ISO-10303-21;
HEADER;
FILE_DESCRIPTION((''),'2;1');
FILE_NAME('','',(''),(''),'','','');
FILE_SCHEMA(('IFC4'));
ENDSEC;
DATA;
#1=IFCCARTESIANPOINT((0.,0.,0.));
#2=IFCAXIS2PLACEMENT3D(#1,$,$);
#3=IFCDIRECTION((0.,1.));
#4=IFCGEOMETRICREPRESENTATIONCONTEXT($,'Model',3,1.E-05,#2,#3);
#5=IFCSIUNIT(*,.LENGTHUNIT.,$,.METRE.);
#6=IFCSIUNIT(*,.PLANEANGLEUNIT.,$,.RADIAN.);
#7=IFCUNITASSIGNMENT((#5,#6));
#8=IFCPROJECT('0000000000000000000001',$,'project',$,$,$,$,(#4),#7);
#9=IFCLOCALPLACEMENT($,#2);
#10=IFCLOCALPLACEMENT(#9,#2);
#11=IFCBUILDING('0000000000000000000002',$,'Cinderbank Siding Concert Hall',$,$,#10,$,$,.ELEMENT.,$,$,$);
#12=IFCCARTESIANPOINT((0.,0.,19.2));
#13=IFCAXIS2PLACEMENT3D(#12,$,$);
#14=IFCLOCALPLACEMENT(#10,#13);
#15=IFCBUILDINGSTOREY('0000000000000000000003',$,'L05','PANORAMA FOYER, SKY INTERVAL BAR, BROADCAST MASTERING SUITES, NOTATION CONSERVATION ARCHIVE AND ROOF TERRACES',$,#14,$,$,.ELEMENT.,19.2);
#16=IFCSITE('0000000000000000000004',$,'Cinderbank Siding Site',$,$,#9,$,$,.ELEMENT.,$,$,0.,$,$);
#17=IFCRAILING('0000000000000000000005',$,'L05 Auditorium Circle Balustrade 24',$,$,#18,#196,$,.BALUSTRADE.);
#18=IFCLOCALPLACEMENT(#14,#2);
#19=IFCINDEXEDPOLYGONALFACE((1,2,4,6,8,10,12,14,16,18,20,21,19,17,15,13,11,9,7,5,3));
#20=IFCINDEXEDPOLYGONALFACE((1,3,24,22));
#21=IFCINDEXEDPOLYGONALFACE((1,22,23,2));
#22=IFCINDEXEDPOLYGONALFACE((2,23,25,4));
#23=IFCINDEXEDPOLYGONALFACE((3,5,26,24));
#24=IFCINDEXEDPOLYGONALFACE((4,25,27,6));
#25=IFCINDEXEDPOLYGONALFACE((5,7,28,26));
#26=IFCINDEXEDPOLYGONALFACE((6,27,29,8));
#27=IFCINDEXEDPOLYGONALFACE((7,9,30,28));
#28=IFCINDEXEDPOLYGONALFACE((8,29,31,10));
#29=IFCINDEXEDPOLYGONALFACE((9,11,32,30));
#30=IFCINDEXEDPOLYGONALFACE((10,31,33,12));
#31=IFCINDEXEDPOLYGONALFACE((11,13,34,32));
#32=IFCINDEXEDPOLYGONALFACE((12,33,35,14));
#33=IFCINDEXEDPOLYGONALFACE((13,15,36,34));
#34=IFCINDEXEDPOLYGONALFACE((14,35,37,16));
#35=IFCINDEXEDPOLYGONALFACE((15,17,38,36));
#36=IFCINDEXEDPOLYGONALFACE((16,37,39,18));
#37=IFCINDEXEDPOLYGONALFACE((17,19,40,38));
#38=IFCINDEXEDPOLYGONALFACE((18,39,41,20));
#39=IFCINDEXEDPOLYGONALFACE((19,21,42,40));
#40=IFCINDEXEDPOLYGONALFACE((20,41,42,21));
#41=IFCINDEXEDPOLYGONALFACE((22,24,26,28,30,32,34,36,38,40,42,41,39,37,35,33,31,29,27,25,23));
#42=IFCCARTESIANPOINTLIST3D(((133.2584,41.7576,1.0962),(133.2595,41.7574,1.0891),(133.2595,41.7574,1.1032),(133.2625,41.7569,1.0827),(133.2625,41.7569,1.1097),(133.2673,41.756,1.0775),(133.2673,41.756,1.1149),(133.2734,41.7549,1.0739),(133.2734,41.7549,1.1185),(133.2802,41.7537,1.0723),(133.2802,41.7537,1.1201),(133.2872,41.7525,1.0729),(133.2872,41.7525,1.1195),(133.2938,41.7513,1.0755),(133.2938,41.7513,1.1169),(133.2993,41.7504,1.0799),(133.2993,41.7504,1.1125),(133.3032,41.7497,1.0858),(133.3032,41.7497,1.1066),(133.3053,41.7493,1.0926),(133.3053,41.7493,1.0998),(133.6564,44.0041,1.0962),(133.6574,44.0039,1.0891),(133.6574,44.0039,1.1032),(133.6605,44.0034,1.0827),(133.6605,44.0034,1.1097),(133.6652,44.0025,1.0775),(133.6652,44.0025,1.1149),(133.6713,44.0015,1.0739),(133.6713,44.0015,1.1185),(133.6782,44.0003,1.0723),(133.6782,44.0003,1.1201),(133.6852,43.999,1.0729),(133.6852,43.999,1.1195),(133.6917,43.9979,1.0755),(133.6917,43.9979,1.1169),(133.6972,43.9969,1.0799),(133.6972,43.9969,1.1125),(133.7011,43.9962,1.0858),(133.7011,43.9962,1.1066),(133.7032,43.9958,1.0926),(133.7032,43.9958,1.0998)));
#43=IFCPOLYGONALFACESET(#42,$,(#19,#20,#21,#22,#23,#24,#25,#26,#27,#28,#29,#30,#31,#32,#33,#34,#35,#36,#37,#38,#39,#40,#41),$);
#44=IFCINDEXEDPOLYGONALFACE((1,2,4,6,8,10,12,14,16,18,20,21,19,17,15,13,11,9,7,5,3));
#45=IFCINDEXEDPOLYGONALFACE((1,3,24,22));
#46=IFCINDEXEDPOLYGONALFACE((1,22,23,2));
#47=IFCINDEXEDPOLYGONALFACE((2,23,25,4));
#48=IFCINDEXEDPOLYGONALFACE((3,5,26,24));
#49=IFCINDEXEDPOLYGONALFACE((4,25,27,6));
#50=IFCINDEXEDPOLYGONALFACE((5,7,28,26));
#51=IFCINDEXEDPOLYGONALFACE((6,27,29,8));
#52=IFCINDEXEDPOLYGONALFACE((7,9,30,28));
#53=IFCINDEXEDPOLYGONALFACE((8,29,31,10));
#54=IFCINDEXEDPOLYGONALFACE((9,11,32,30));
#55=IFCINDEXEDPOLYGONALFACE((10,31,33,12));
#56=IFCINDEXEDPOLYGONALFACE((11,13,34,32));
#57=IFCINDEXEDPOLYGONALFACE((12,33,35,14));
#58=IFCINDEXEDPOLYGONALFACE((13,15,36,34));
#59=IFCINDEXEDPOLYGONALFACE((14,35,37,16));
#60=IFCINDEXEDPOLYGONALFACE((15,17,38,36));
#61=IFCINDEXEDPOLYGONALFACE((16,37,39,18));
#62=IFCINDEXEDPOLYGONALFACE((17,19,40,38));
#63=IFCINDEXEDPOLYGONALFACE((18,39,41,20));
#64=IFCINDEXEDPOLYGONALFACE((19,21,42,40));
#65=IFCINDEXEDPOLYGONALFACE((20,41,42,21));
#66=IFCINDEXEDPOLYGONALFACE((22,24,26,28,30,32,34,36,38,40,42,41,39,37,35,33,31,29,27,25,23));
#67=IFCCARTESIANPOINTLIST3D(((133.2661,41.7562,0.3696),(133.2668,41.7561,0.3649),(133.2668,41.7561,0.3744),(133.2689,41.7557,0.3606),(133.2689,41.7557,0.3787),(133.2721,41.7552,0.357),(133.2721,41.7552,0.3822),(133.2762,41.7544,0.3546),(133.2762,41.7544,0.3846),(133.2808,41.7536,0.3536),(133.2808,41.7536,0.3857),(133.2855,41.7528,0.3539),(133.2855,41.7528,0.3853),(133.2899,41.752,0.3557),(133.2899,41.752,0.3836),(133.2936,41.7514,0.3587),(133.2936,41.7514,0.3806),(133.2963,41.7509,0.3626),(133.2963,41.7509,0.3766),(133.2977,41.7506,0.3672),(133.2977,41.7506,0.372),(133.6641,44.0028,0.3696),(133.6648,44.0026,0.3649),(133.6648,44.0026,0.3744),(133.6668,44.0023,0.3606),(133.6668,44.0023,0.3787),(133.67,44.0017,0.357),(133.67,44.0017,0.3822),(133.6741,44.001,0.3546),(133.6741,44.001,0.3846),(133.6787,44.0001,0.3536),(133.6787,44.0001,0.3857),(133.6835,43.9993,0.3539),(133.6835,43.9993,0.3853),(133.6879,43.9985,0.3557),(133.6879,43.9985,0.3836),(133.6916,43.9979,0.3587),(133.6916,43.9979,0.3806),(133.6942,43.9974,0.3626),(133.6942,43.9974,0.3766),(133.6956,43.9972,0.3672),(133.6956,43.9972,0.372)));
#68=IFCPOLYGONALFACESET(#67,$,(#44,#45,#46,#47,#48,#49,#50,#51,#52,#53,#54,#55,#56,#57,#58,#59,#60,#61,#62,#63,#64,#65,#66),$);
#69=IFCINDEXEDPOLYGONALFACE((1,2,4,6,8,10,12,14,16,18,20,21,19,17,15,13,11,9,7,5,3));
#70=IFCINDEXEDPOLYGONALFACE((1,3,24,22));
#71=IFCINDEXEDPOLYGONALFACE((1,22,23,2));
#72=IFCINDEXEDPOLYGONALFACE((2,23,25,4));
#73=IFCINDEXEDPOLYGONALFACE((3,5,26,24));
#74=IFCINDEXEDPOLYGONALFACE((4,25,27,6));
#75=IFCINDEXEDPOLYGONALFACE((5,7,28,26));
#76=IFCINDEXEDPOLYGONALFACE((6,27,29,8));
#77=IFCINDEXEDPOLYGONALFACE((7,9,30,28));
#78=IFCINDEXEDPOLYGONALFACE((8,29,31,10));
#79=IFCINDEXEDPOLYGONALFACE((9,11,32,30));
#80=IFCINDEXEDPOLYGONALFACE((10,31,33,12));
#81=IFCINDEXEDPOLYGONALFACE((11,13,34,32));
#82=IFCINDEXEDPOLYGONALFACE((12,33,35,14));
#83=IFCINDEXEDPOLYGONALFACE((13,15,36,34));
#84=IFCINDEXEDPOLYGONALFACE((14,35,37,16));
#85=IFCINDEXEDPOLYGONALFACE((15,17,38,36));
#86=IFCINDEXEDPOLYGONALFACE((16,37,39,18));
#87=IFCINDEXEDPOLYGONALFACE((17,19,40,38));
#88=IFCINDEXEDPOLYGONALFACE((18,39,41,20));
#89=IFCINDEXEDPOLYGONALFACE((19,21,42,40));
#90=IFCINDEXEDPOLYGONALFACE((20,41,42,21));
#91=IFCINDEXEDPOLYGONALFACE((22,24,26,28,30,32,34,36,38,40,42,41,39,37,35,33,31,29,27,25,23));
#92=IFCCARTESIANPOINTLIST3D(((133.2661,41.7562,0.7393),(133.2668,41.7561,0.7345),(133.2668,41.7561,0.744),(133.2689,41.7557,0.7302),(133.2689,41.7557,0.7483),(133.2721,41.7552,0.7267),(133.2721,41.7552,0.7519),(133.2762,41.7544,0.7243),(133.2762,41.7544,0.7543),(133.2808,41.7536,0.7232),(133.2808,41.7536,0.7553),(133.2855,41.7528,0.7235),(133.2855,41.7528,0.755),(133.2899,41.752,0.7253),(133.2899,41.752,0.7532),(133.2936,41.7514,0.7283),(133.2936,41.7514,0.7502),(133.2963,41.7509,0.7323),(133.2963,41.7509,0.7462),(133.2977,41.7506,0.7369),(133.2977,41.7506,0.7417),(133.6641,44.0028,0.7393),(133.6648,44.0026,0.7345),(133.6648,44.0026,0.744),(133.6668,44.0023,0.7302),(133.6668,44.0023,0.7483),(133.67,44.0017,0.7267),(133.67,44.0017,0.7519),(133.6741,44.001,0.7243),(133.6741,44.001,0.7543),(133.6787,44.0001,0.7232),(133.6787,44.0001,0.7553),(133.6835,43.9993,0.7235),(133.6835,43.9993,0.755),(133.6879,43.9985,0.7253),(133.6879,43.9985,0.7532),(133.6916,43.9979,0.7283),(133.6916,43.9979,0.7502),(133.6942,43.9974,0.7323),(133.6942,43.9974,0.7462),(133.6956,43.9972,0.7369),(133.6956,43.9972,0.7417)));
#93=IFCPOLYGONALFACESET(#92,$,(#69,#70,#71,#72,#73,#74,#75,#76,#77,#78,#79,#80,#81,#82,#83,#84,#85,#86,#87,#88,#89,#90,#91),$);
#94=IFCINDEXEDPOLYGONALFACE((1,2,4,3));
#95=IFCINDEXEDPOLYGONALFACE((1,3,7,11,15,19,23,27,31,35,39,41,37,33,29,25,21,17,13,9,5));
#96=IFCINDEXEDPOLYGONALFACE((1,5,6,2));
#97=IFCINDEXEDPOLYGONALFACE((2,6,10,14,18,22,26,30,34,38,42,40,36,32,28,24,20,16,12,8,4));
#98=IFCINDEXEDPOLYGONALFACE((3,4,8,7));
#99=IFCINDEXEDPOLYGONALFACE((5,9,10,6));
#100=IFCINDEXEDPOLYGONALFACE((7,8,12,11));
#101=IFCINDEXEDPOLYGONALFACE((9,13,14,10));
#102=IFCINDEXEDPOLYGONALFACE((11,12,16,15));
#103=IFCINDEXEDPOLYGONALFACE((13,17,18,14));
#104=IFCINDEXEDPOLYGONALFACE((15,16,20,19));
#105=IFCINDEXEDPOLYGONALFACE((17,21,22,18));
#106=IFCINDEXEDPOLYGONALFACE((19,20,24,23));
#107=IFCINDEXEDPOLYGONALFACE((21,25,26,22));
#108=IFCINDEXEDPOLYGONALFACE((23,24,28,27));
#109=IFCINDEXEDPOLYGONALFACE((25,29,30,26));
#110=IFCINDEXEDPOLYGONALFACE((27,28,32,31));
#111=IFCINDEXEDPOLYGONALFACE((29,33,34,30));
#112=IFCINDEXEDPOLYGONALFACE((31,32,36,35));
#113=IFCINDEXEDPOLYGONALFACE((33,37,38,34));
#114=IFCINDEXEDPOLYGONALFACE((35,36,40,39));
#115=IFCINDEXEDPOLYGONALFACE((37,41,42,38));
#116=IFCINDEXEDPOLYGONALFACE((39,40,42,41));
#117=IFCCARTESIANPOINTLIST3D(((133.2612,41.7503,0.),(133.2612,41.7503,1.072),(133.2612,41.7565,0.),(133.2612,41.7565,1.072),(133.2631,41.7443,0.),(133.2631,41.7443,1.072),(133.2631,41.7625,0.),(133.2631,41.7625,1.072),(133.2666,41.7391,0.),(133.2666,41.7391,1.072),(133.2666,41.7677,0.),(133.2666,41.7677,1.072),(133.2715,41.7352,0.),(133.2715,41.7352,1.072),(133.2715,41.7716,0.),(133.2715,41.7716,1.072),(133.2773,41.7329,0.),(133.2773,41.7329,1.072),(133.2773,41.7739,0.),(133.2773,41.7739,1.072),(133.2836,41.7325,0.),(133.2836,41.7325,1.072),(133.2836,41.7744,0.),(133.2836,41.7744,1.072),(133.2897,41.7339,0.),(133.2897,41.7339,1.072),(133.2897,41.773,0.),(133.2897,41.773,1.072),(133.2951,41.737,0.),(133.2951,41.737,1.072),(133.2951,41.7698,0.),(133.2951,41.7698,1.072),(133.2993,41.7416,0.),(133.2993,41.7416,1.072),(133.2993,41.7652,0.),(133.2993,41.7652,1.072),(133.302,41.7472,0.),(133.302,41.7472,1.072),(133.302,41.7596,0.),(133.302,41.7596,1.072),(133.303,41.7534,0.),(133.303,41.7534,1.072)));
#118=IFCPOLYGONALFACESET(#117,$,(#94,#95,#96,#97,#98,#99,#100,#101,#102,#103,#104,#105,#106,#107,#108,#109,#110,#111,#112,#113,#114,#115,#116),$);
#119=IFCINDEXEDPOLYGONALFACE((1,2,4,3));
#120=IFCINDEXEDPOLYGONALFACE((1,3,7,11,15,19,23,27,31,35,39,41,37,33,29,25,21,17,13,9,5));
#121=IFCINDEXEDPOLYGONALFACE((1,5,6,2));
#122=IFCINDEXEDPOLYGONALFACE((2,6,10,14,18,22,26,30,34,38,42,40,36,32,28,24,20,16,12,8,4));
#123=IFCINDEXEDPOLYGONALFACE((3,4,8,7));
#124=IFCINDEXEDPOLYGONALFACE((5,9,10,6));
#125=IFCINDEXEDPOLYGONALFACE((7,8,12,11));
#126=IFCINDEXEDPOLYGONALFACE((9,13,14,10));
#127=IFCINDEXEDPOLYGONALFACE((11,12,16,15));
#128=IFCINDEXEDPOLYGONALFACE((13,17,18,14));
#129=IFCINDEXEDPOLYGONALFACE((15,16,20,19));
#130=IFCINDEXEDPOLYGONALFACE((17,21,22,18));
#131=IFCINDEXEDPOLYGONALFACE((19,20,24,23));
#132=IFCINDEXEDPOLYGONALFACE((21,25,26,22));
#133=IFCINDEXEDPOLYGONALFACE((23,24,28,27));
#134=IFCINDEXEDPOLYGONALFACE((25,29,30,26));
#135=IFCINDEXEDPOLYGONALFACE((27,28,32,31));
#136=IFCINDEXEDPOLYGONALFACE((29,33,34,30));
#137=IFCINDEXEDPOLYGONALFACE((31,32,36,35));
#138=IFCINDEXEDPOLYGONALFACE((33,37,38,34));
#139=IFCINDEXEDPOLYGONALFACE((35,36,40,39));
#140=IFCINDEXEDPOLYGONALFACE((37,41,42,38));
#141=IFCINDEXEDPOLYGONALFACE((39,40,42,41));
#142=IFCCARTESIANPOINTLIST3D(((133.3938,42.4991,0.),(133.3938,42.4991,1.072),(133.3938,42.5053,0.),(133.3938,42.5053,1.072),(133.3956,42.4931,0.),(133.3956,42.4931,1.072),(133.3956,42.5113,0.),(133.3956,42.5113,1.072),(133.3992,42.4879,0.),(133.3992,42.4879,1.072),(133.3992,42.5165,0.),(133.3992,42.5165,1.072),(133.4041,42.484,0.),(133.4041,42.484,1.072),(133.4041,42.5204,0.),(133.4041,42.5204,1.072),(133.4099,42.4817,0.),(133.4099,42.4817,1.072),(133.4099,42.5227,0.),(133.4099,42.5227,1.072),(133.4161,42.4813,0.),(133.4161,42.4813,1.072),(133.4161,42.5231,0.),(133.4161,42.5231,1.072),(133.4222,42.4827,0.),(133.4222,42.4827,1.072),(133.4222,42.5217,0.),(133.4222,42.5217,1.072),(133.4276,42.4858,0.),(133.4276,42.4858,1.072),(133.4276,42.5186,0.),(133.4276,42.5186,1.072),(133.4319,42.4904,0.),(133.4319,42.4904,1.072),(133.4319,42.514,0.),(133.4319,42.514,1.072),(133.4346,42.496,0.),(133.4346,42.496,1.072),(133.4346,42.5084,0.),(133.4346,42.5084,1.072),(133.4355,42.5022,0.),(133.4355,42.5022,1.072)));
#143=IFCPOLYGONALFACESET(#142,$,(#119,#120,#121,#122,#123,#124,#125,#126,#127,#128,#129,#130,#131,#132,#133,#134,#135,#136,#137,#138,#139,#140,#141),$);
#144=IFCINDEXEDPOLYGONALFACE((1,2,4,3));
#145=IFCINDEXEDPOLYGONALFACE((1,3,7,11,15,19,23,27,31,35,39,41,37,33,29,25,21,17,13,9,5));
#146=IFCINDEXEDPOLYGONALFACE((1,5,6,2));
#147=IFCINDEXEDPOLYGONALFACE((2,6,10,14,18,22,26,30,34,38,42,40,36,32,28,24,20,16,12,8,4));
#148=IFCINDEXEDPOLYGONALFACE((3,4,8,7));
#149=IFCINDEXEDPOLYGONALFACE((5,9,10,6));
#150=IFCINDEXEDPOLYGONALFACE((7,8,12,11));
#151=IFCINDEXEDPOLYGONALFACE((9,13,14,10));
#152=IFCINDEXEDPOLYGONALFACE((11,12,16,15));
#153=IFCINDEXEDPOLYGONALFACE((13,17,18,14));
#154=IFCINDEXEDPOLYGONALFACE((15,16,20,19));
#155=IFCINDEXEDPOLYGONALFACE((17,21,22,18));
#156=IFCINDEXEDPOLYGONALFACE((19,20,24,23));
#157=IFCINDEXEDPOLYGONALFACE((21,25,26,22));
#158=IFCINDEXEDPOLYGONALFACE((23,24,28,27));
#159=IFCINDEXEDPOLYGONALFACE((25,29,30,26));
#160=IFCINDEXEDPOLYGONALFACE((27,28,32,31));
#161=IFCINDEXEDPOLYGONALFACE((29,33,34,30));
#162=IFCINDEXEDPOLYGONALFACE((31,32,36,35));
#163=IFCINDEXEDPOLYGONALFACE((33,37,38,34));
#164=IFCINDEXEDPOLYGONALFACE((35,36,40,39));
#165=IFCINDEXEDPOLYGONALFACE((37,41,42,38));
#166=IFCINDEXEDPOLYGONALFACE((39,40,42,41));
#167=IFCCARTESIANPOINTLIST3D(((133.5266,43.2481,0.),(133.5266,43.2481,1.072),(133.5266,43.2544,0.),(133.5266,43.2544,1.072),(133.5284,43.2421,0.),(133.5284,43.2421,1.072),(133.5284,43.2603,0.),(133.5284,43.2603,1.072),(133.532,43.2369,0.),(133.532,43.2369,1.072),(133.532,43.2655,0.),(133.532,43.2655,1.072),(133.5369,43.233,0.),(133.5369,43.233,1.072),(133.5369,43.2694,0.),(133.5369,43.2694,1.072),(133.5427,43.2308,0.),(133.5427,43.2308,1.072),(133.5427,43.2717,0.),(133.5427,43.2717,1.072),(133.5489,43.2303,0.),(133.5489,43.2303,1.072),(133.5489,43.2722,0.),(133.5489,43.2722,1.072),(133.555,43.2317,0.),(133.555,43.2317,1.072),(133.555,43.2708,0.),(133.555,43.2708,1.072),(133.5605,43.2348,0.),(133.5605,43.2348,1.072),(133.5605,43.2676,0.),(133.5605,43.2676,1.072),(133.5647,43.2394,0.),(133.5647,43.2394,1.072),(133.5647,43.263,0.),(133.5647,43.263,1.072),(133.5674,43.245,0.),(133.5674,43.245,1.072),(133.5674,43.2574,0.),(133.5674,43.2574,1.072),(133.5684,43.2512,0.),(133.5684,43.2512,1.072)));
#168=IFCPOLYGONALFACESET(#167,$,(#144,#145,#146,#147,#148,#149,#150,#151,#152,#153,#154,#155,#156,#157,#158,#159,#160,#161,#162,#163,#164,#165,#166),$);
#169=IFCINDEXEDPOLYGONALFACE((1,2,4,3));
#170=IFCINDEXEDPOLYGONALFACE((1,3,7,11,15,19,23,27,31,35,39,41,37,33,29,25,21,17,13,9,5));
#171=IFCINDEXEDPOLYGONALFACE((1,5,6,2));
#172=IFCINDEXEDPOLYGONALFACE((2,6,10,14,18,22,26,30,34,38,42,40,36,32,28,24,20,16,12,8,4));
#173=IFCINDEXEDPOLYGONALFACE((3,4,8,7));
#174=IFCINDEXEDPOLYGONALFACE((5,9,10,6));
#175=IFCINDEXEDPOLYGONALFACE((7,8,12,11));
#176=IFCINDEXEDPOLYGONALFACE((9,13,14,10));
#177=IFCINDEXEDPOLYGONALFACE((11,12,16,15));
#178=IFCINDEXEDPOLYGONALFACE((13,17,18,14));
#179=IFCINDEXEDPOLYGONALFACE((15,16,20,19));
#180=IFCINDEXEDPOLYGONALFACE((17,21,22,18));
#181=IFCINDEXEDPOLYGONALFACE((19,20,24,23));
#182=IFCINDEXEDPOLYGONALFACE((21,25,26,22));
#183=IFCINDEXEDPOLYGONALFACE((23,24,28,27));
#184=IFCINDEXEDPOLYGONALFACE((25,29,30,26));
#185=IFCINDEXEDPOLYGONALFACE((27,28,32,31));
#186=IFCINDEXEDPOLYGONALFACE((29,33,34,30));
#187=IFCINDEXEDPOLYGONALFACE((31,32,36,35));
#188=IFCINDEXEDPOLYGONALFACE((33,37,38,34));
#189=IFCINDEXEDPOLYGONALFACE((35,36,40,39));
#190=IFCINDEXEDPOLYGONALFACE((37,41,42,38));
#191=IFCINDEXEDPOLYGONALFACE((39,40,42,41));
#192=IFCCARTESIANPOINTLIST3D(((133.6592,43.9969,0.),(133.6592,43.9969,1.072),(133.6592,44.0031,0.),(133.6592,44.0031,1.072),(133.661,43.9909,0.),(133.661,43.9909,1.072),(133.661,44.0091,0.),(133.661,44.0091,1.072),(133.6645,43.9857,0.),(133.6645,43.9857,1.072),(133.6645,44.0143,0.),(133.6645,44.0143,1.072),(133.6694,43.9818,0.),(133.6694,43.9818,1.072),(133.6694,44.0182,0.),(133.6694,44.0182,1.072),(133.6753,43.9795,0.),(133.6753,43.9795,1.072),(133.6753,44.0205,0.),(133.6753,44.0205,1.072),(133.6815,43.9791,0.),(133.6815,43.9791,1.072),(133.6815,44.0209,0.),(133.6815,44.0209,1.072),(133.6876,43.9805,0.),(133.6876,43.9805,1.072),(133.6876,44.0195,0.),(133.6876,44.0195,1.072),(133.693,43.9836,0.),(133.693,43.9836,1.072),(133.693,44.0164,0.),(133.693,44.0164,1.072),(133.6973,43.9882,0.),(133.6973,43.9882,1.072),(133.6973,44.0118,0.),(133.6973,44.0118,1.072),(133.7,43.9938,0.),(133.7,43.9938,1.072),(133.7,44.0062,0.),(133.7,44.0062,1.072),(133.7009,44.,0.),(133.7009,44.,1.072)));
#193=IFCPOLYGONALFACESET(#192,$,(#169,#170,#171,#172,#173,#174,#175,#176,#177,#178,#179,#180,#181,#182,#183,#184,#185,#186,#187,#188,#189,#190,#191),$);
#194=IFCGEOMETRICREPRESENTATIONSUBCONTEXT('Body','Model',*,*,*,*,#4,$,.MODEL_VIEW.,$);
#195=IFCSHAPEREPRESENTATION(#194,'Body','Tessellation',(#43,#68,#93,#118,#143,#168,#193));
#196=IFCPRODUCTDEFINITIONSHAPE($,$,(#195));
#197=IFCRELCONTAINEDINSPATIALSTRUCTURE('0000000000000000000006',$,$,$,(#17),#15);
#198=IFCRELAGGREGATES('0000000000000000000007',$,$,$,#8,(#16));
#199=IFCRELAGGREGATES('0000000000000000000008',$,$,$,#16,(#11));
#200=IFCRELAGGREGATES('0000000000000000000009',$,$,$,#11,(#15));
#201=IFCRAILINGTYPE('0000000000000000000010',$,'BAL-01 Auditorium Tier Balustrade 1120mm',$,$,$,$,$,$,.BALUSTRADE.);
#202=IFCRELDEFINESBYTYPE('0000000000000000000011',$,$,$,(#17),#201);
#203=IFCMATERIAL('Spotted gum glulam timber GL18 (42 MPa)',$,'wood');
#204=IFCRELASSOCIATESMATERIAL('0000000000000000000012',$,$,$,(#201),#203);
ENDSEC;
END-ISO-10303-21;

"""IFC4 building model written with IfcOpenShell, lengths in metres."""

from ifc_helpers import new_model, si_unit, direction, frame, origin, origin_2d, place, context, subcontext, project, spatial, circle, extrude, material, type_object, element, save


model = new_model("IFC4")

# Units and contexts
model_context = context("Model", 3, precision=1e-05, world=origin(), true_north=direction((0.0, 1.0)))
body_context = subcontext(model_context, "Body", "Model", "MODEL_VIEW")
ifc_project = project(units=[si_unit("LENGTHUNIT", "METRE"), si_unit("PLANEANGLEUNIT", "RADIAN")], contexts=[model_context])

# Site, building, storey
site_placement = place(None, origin())
site = spatial("IfcSite", under=ifc_project, at=site_placement, Name="Cinderbank Siding Site", CompositionType="ELEMENT", RefElevation=0.0)
building_placement = place(site_placement, origin())
building = spatial("IfcBuilding", under=site, at=building_placement, Name="Cinderbank Siding Concert Hall", CompositionType="ELEMENT")
storey_placement = place(building_placement, frame((0.0, 0.0, 19.2)))
storey = spatial("IfcBuildingStorey", under=building, at=storey_placement, Name="L05", Description="PANORAMA FOYER, SKY INTERVAL BAR, BROADCAST MASTERING SUITES, NOTATION CONSERVATION ARCHIVE AND ROOF TERRACES", CompositionType="ELEMENT", Elevation=19.2)

# Railing
ifc_material_1 = material(Name="Spotted gum glulam timber GL18 (42 MPa)", Category="wood")
railing_type = type_object("IfcRailingType", Name="BAL-01 Auditorium Tier Balustrade 1120mm", PredefinedType="BALUSTRADE", material=ifc_material_1)
railing_1_placement = place(storey_placement, frame((133.282, 41.7534, 0.0)))
element("IfcRailing", 1, at=railing_1_placement, inside=storey, type_object=railing_type, Name="L05 Auditorium Circle Balustrade 24", PredefinedType="BALUSTRADE", context=body_context, shape_type="SweptSolid", body=[
    extrude(circle(Radius=0.0239, at=origin_2d()), frame((0.0, 0.0, 1.0962), z_axis=(0.17442, 0.984671, 0.0), x_axis=(-0.984671, 0.17442, 0.0)), (0.0, 0.0, 1.0), 2.2815),
    extrude(circle(Radius=0.0161, at=origin_2d()), frame((0.0, 0.0, 0.3696), z_axis=(0.17442, 0.984671, 0.0), x_axis=(-0.984671, 0.17442, 0.0)), (0.0, 0.0, 1.0), 2.2815),
    extrude(circle(Radius=0.0161, at=origin_2d()), frame((0.0, 0.0, 0.7393), z_axis=(0.17442, 0.984671, 0.0), x_axis=(-0.984671, 0.17442, 0.0)), (0.0, 0.0, 1.0), 2.2815),
    extrude(circle(Radius=0.021, at=origin_2d()), origin(), (0.0, 0.0, 1.0), 1.072),
    extrude(circle(Radius=0.021, at=origin_2d()), frame((0.1326, 0.7488, 0.0)), (0.0, 0.0, 1.0), 1.072),
    extrude(circle(Radius=0.021, at=origin_2d()), frame((0.2654, 1.4978, 0.0)), (0.0, 0.0, 1.0), 1.072),
    extrude(circle(Radius=0.021, at=origin_2d()), frame((0.3979, 2.2466, 0.0)), (0.0, 0.0, 1.0), 1.072),
])

save(model, "model.ifc")
